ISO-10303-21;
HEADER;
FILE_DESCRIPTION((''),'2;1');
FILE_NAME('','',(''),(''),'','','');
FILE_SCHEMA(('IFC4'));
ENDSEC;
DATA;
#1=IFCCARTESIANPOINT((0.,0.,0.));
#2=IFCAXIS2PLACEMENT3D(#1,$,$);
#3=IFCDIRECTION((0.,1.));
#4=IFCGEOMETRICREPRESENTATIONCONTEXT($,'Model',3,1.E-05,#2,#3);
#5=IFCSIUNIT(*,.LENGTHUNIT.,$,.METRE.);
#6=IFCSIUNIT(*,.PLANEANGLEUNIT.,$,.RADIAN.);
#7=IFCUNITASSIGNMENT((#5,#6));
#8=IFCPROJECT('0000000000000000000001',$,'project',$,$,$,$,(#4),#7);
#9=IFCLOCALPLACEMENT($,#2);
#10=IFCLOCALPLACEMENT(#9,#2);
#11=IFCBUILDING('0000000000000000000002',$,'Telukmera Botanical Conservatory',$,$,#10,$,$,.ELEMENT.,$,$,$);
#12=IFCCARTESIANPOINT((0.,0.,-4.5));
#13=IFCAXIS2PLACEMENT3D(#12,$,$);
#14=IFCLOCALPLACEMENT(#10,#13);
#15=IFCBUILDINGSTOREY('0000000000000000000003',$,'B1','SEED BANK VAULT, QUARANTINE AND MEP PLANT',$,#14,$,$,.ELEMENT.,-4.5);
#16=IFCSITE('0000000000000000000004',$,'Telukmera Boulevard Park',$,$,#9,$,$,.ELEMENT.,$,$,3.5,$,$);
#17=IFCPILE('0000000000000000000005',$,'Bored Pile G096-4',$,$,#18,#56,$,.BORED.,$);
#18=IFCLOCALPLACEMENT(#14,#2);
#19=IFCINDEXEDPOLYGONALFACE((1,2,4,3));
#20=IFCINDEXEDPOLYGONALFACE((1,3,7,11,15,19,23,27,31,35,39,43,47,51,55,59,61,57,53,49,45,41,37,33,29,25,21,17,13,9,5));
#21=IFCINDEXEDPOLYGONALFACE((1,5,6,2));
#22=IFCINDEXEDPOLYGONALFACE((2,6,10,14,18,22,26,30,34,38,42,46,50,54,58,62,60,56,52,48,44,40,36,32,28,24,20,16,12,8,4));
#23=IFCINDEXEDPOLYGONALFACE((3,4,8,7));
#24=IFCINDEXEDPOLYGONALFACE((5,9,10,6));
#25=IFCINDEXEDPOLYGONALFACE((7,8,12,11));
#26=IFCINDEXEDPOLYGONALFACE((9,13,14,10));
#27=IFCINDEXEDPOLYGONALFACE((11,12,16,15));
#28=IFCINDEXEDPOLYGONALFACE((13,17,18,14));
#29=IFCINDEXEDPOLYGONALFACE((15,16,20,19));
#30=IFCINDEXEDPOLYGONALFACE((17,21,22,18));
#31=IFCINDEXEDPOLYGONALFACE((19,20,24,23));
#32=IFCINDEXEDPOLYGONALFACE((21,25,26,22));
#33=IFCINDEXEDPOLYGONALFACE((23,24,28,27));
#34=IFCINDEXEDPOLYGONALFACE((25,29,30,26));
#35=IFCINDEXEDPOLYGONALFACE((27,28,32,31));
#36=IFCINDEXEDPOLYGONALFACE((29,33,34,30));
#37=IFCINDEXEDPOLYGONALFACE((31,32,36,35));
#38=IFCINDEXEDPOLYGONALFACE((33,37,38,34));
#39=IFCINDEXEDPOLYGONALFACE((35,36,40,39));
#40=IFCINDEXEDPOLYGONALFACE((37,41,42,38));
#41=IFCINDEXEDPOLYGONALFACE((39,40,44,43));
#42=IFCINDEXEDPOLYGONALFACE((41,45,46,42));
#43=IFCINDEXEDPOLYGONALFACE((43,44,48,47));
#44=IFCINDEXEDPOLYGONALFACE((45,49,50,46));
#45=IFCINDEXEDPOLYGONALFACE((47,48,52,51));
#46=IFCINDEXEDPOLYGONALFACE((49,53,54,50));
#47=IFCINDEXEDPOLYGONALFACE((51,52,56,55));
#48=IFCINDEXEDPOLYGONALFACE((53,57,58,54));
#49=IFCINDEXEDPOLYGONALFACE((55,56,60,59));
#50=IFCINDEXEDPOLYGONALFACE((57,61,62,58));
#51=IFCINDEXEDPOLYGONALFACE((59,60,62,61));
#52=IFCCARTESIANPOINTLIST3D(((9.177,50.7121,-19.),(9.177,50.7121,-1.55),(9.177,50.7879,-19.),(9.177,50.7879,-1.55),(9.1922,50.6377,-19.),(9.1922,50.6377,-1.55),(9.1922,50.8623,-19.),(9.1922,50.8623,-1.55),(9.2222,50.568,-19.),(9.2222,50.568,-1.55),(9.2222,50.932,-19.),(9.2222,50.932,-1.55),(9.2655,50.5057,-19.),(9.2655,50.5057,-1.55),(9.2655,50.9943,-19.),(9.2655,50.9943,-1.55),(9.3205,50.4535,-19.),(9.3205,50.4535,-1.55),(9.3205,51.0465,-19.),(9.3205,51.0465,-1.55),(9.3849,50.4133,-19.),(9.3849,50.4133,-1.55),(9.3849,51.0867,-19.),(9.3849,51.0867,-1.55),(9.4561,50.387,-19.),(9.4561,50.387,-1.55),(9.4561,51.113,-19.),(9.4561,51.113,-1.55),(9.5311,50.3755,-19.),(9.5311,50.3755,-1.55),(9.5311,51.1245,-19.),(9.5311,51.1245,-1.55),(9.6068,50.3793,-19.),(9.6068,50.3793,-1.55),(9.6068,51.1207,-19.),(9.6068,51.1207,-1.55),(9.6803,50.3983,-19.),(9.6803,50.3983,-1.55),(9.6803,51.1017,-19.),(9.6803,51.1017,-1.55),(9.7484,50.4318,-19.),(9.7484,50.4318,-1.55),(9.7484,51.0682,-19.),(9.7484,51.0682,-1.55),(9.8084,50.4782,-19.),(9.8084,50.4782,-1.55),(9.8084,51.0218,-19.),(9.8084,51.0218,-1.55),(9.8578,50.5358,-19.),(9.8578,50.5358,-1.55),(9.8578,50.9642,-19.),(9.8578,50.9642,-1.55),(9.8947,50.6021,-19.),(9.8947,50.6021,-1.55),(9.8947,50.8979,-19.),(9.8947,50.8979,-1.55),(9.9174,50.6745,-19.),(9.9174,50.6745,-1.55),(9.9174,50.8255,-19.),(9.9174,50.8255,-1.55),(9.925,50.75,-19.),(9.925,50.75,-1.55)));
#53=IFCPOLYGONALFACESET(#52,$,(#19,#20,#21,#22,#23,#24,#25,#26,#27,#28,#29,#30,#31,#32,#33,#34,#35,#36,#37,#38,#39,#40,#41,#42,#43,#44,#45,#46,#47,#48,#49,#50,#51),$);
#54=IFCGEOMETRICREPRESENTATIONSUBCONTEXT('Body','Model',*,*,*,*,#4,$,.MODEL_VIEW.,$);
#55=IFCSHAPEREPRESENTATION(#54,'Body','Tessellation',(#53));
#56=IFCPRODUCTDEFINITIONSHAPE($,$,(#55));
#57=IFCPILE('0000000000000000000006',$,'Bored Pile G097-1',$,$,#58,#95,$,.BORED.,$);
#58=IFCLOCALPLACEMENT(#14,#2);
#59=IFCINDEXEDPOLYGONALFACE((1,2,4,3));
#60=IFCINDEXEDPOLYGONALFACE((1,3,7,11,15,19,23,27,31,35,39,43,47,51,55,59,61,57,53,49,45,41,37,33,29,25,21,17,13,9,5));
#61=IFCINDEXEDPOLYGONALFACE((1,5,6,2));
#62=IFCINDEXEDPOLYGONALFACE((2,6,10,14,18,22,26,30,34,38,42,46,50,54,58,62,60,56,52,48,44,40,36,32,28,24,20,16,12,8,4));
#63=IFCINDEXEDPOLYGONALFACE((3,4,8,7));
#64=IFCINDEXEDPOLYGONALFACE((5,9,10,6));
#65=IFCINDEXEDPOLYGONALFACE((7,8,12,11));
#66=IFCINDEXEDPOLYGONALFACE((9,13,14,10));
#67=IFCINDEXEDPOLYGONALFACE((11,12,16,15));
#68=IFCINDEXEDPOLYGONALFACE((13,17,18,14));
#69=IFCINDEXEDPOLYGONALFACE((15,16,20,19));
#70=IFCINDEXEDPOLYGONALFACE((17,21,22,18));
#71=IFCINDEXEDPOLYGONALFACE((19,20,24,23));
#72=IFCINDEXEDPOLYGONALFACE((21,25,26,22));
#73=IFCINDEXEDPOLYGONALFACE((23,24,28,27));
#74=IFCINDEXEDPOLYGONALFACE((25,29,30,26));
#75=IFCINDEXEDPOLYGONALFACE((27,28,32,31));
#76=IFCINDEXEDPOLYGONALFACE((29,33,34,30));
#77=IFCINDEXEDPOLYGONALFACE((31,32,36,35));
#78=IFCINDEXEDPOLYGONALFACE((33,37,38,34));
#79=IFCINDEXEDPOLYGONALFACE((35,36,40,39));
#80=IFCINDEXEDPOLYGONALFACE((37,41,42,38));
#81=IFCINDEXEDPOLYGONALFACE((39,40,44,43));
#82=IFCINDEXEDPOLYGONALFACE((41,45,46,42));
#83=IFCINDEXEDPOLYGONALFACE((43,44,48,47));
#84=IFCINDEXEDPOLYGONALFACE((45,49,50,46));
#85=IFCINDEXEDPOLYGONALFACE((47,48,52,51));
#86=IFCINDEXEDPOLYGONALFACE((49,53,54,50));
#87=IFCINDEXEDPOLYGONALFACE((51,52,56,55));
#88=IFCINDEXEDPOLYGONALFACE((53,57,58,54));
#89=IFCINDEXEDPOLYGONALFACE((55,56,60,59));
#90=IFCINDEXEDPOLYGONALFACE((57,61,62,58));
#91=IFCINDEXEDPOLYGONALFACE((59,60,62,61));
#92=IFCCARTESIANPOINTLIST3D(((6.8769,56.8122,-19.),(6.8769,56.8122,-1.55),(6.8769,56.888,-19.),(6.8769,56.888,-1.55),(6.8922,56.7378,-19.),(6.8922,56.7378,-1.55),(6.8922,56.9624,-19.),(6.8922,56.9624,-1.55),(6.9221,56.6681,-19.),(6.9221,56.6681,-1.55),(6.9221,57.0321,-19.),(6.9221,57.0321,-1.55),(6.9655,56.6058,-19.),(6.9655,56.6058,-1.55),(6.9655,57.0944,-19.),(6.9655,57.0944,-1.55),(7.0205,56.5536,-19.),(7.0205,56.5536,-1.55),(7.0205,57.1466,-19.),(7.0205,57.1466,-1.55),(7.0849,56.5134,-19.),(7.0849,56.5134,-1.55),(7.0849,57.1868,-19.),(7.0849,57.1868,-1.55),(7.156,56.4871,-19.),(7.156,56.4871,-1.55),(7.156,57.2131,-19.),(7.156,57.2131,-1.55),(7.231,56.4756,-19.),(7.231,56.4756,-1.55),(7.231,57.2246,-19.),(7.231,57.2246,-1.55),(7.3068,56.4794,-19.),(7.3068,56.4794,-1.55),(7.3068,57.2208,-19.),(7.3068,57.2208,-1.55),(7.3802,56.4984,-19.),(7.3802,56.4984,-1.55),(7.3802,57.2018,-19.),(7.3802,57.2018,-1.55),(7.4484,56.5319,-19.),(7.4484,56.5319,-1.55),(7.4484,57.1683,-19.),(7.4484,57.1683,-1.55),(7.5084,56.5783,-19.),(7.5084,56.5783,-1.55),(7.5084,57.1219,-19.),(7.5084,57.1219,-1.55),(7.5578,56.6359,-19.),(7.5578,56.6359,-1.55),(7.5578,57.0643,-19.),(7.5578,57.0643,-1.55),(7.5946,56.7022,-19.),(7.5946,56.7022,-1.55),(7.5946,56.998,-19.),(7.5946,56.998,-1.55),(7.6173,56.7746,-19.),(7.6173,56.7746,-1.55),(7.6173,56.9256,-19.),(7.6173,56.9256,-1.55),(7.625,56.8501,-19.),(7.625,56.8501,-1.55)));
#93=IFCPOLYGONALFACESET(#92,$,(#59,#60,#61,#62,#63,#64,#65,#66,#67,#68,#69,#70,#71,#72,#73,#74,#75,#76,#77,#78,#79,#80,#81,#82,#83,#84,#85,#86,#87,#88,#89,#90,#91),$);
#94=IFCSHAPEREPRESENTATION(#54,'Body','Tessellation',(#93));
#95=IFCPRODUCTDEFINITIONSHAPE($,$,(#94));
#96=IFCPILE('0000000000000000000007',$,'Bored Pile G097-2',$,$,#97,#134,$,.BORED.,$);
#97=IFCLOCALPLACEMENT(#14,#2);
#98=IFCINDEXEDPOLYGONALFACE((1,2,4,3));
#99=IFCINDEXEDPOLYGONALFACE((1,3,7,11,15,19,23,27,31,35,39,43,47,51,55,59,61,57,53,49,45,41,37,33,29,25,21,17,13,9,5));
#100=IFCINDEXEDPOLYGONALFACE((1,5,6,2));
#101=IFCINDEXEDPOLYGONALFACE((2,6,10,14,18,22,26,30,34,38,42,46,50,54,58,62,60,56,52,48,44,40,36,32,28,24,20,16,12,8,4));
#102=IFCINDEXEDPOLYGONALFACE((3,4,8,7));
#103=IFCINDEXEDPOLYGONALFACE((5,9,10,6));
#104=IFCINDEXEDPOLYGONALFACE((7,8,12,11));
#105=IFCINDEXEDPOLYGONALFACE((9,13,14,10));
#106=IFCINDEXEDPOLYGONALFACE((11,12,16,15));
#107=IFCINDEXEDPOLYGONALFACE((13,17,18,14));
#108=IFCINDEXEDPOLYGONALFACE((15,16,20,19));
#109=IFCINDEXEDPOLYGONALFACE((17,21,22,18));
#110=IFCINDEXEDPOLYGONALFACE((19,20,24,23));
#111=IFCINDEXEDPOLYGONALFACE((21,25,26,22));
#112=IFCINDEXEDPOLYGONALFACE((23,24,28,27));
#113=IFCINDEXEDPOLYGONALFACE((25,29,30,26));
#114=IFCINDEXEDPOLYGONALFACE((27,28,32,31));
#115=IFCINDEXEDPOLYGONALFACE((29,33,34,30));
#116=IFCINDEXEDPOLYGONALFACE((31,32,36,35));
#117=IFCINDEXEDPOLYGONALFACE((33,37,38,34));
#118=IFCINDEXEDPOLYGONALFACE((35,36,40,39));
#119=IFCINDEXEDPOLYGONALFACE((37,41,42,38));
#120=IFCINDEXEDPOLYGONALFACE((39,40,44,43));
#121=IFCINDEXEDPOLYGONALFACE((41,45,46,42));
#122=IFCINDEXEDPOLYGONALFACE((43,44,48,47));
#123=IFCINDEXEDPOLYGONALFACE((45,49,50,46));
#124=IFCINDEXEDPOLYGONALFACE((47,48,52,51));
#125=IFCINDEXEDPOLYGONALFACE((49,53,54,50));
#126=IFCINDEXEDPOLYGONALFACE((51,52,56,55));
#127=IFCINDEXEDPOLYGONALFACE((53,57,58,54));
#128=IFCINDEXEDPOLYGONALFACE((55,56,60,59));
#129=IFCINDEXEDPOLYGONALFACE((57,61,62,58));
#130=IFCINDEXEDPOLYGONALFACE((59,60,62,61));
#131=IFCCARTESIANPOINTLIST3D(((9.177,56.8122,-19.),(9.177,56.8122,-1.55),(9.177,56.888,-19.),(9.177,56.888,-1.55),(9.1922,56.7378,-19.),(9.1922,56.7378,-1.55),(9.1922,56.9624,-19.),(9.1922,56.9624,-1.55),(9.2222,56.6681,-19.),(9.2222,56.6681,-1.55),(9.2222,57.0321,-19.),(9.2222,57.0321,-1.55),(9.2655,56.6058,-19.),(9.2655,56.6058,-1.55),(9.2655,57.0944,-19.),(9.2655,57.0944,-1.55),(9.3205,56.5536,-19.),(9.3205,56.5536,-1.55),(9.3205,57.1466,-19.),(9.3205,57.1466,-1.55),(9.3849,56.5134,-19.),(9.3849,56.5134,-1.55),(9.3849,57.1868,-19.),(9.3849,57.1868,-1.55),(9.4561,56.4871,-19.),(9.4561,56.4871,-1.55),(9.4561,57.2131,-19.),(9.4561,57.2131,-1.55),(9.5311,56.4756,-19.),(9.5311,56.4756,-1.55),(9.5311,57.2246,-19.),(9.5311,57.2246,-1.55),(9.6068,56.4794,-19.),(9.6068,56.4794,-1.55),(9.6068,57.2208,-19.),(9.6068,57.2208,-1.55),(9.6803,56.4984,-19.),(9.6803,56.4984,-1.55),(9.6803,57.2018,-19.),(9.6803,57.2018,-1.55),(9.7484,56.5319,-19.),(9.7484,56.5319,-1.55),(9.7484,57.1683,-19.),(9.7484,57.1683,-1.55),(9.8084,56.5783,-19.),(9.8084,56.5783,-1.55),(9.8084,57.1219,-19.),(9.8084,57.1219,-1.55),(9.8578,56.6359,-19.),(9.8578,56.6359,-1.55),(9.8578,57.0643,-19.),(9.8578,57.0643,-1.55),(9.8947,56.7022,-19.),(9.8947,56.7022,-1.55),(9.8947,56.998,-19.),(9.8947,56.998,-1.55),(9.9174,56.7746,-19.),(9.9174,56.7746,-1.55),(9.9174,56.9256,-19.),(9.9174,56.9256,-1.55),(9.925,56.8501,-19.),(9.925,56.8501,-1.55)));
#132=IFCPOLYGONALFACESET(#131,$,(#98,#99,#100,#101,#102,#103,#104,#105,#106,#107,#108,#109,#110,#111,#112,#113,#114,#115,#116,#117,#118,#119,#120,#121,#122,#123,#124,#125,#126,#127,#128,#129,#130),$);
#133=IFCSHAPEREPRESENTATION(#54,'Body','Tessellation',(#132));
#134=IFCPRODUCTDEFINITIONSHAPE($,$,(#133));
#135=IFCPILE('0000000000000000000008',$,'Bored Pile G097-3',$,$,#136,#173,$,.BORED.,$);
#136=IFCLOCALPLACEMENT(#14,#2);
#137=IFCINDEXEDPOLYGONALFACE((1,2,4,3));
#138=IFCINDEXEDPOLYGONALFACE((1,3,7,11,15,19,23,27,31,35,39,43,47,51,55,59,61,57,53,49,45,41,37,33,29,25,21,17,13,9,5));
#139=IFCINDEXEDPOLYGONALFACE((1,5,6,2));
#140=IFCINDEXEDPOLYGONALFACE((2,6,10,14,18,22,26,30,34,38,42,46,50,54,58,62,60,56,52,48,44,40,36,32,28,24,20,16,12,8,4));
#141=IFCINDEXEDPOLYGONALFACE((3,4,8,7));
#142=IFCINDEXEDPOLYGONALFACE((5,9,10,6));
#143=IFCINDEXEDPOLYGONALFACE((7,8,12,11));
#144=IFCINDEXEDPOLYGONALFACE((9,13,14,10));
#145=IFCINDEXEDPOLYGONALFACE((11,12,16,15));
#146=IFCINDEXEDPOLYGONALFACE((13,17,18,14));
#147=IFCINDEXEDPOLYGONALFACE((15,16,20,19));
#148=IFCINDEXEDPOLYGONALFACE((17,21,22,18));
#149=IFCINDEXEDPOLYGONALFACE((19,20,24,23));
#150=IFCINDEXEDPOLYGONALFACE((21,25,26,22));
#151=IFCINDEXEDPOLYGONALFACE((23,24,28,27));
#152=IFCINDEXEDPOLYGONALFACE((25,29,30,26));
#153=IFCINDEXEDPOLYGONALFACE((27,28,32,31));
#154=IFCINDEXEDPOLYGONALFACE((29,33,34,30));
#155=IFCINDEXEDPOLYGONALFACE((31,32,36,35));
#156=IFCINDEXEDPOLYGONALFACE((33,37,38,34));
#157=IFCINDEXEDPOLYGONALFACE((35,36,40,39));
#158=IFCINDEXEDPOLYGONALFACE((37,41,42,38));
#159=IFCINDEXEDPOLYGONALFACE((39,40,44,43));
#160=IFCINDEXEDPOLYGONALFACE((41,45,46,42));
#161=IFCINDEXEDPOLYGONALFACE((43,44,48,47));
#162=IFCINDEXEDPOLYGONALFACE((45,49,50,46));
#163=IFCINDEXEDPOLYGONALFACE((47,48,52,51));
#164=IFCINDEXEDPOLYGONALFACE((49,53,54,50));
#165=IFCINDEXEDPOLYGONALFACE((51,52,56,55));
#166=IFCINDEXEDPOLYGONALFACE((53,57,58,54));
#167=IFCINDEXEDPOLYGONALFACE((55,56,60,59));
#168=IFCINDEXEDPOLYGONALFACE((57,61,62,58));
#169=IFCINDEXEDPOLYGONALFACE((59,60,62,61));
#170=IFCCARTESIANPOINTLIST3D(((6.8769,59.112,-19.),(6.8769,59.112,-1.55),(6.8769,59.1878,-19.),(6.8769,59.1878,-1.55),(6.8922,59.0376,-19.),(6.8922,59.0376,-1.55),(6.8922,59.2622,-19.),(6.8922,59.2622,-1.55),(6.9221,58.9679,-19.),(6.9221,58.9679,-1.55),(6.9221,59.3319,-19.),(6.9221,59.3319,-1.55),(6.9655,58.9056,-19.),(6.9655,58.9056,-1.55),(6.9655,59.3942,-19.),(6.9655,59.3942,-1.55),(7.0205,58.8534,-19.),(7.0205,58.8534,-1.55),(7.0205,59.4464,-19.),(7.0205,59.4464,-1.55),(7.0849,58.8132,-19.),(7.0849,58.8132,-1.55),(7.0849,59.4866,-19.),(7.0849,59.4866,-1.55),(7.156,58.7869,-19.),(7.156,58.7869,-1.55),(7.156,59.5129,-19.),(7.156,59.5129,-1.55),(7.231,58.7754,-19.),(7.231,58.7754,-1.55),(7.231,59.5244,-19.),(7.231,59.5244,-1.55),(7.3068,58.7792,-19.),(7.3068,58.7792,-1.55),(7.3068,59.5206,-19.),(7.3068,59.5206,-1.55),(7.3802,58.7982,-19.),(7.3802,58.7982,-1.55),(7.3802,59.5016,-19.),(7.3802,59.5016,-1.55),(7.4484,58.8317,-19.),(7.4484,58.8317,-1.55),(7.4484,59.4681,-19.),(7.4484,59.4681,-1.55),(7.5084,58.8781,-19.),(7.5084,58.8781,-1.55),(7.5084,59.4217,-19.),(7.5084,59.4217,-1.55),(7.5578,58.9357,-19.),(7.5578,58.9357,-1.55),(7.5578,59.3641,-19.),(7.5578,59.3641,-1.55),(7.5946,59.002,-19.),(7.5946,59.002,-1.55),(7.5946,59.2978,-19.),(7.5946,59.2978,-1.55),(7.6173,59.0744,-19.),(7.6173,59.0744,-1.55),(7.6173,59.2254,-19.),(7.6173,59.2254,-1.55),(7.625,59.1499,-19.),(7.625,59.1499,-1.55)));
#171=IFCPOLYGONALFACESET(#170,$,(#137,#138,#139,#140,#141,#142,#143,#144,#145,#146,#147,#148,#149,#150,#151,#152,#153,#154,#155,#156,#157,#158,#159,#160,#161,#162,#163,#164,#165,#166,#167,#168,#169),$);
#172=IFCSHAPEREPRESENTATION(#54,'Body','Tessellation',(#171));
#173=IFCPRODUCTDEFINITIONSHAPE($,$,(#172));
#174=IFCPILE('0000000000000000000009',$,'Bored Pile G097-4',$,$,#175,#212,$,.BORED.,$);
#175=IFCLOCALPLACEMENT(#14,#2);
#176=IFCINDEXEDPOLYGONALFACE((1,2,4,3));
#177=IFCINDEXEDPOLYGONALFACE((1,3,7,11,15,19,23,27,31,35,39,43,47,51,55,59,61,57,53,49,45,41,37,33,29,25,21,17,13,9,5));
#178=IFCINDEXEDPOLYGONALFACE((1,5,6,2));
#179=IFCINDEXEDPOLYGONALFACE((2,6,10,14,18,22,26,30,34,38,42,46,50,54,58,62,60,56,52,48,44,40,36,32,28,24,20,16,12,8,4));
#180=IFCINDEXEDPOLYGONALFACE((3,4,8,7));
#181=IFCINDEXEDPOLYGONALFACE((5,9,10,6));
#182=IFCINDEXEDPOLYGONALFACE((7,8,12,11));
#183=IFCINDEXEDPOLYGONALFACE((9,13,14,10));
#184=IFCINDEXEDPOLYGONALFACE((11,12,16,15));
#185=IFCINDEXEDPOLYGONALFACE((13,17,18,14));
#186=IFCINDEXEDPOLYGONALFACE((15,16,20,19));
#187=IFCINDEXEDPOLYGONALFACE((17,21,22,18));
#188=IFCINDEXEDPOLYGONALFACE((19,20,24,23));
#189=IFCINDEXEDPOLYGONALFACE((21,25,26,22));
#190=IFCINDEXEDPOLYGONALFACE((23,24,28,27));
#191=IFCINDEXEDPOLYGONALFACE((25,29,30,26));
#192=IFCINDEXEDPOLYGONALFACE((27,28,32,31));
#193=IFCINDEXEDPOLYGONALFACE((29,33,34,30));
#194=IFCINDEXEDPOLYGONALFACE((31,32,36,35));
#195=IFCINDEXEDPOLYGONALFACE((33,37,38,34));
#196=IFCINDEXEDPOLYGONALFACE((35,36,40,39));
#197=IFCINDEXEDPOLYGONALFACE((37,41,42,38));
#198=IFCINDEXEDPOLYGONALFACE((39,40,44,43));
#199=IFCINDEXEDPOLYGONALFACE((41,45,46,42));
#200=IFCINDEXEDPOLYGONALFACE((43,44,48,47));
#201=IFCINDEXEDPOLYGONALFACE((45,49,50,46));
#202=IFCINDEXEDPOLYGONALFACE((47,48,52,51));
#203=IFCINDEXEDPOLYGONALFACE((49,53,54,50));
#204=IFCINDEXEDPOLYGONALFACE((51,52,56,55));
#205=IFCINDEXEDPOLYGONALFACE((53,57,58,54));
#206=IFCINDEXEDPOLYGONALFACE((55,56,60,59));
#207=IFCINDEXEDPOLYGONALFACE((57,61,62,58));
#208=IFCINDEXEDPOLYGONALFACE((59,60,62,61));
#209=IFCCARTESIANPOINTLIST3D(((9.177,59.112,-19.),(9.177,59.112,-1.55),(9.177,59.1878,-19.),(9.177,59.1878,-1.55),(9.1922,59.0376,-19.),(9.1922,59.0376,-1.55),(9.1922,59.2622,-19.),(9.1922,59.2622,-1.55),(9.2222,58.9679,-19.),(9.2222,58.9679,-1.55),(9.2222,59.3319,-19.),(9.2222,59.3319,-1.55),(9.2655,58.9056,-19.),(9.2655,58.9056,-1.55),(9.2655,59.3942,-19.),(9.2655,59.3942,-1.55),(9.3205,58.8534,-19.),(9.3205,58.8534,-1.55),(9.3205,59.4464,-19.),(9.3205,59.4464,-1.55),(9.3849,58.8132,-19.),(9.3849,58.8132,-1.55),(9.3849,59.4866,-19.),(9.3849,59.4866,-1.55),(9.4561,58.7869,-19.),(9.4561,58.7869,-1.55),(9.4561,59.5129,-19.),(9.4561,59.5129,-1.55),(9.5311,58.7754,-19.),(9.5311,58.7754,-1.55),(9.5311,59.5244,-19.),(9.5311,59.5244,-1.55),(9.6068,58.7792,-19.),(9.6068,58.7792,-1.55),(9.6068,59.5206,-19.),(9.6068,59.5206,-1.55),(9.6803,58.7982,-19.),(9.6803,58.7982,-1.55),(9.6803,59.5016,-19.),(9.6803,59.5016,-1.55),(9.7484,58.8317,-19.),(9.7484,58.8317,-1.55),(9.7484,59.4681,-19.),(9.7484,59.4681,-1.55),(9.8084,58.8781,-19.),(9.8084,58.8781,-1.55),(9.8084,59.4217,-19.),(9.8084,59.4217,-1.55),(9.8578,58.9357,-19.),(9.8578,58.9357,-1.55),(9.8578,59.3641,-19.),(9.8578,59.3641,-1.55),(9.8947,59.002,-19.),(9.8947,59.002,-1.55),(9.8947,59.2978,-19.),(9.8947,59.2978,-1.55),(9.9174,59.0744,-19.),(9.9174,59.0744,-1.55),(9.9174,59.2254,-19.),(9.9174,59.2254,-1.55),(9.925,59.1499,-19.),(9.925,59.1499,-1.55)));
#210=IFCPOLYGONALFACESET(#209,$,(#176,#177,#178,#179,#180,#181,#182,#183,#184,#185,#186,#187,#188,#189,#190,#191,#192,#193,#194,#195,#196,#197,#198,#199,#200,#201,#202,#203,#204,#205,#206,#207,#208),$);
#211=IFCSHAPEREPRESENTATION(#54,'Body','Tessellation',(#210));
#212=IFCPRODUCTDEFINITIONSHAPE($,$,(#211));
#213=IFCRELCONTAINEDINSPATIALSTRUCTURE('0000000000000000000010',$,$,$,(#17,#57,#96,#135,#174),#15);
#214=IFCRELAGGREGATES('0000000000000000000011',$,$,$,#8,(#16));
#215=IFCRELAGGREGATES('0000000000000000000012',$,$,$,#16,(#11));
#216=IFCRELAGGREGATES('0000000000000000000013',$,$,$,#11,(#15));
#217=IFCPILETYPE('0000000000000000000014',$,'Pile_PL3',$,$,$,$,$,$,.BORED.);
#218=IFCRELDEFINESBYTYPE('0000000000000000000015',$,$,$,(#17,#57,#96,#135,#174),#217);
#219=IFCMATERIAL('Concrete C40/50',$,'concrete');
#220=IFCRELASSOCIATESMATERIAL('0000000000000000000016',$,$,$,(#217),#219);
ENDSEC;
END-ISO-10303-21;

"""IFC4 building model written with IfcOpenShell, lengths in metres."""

from ifc_helpers import new_model, si_unit, direction, frame, origin, origin_2d, place, context, subcontext, project, spatial, circle, extrude, material, material_profile, profile_set, type_object, element, save


model = new_model("IFC4")

# Units and contexts
model_context = context("Model", 3, precision=1e-05, world=origin(), true_north=direction((0.0, 1.0)))
body_context = subcontext(model_context, "Body", "Model", "MODEL_VIEW")
ifc_project = project(units=[si_unit("LENGTHUNIT", "METRE"), si_unit("PLANEANGLEUNIT", "RADIAN")], contexts=[model_context])

# Site, building, storey
site_placement = place(None, origin())
site = spatial("IfcSite", under=ifc_project, at=site_placement, Name="Telukmera Boulevard Park", CompositionType="ELEMENT", RefElevation=3.5)
building_placement = place(site_placement, origin())
building = spatial("IfcBuilding", under=site, at=building_placement, Name="Telukmera Botanical Conservatory", CompositionType="ELEMENT")
storey_placement = place(building_placement, frame((0.0, 0.0, -4.5)))
storey = spatial("IfcBuildingStorey", under=building, at=storey_placement, Name="B1", Description="SEED BANK VAULT, QUARANTINE AND MEP PLANT", CompositionType="ELEMENT", Elevation=-4.5)

# Shared definitions
ifc_material_1 = material(Name="Concrete C40/50", Category="concrete")

# Piles
ifc_material_profile_1 = material_profile(ifc_material_1, circle(Radius=0.375, at=origin_2d()), Name="PILE D750")
ifc_profile_set_1 = profile_set([ifc_material_profile_1], Name="Concrete C40/50")
pile_type = type_object("IfcPileType", Name="Pile_PL3", PredefinedType="BORED", material=ifc_profile_set_1)
for number, where, z_axis, x_axis, name in (
    (1, (9.55, 50.75, -1.55), (0.0, 0.0, -1.0), (1.0, 0.0, 0.0), "Bored Pile G096-4"),
    (2, (7.25, 56.8501, -1.55), (0.0, 0.0, -1.0), (1.0, 0.0, 0.0), "Bored Pile G097-1"),
    (3, (9.55, 56.8501, -1.55), (0.0, 0.0, -1.0), (1.0, 0.0, 0.0), "Bored Pile G097-2"),
    (4, (7.25, 59.1499, -1.55), (0.0, 0.0, -1.0), (1.0, 0.0, 0.0), "Bored Pile G097-3"),
    (5, (9.55, 59.1499, -1.55), (0.0, 0.0, -1.0), (1.0, 0.0, 0.0), "Bored Pile G097-4"),
):
    element("IfcPile", number, at=place(storey_placement, frame(where, z_axis=z_axis, x_axis=x_axis)), inside=storey, type_object=pile_type, Name=name, PredefinedType="BORED", context=body_context, shape_type="SweptSolid", body=[
        extrude(circle(Radius=0.375, at=origin_2d()), origin(), (0.0, 0.0, 1.0), 17.45),
    ])

save(model, "model.ifc")
